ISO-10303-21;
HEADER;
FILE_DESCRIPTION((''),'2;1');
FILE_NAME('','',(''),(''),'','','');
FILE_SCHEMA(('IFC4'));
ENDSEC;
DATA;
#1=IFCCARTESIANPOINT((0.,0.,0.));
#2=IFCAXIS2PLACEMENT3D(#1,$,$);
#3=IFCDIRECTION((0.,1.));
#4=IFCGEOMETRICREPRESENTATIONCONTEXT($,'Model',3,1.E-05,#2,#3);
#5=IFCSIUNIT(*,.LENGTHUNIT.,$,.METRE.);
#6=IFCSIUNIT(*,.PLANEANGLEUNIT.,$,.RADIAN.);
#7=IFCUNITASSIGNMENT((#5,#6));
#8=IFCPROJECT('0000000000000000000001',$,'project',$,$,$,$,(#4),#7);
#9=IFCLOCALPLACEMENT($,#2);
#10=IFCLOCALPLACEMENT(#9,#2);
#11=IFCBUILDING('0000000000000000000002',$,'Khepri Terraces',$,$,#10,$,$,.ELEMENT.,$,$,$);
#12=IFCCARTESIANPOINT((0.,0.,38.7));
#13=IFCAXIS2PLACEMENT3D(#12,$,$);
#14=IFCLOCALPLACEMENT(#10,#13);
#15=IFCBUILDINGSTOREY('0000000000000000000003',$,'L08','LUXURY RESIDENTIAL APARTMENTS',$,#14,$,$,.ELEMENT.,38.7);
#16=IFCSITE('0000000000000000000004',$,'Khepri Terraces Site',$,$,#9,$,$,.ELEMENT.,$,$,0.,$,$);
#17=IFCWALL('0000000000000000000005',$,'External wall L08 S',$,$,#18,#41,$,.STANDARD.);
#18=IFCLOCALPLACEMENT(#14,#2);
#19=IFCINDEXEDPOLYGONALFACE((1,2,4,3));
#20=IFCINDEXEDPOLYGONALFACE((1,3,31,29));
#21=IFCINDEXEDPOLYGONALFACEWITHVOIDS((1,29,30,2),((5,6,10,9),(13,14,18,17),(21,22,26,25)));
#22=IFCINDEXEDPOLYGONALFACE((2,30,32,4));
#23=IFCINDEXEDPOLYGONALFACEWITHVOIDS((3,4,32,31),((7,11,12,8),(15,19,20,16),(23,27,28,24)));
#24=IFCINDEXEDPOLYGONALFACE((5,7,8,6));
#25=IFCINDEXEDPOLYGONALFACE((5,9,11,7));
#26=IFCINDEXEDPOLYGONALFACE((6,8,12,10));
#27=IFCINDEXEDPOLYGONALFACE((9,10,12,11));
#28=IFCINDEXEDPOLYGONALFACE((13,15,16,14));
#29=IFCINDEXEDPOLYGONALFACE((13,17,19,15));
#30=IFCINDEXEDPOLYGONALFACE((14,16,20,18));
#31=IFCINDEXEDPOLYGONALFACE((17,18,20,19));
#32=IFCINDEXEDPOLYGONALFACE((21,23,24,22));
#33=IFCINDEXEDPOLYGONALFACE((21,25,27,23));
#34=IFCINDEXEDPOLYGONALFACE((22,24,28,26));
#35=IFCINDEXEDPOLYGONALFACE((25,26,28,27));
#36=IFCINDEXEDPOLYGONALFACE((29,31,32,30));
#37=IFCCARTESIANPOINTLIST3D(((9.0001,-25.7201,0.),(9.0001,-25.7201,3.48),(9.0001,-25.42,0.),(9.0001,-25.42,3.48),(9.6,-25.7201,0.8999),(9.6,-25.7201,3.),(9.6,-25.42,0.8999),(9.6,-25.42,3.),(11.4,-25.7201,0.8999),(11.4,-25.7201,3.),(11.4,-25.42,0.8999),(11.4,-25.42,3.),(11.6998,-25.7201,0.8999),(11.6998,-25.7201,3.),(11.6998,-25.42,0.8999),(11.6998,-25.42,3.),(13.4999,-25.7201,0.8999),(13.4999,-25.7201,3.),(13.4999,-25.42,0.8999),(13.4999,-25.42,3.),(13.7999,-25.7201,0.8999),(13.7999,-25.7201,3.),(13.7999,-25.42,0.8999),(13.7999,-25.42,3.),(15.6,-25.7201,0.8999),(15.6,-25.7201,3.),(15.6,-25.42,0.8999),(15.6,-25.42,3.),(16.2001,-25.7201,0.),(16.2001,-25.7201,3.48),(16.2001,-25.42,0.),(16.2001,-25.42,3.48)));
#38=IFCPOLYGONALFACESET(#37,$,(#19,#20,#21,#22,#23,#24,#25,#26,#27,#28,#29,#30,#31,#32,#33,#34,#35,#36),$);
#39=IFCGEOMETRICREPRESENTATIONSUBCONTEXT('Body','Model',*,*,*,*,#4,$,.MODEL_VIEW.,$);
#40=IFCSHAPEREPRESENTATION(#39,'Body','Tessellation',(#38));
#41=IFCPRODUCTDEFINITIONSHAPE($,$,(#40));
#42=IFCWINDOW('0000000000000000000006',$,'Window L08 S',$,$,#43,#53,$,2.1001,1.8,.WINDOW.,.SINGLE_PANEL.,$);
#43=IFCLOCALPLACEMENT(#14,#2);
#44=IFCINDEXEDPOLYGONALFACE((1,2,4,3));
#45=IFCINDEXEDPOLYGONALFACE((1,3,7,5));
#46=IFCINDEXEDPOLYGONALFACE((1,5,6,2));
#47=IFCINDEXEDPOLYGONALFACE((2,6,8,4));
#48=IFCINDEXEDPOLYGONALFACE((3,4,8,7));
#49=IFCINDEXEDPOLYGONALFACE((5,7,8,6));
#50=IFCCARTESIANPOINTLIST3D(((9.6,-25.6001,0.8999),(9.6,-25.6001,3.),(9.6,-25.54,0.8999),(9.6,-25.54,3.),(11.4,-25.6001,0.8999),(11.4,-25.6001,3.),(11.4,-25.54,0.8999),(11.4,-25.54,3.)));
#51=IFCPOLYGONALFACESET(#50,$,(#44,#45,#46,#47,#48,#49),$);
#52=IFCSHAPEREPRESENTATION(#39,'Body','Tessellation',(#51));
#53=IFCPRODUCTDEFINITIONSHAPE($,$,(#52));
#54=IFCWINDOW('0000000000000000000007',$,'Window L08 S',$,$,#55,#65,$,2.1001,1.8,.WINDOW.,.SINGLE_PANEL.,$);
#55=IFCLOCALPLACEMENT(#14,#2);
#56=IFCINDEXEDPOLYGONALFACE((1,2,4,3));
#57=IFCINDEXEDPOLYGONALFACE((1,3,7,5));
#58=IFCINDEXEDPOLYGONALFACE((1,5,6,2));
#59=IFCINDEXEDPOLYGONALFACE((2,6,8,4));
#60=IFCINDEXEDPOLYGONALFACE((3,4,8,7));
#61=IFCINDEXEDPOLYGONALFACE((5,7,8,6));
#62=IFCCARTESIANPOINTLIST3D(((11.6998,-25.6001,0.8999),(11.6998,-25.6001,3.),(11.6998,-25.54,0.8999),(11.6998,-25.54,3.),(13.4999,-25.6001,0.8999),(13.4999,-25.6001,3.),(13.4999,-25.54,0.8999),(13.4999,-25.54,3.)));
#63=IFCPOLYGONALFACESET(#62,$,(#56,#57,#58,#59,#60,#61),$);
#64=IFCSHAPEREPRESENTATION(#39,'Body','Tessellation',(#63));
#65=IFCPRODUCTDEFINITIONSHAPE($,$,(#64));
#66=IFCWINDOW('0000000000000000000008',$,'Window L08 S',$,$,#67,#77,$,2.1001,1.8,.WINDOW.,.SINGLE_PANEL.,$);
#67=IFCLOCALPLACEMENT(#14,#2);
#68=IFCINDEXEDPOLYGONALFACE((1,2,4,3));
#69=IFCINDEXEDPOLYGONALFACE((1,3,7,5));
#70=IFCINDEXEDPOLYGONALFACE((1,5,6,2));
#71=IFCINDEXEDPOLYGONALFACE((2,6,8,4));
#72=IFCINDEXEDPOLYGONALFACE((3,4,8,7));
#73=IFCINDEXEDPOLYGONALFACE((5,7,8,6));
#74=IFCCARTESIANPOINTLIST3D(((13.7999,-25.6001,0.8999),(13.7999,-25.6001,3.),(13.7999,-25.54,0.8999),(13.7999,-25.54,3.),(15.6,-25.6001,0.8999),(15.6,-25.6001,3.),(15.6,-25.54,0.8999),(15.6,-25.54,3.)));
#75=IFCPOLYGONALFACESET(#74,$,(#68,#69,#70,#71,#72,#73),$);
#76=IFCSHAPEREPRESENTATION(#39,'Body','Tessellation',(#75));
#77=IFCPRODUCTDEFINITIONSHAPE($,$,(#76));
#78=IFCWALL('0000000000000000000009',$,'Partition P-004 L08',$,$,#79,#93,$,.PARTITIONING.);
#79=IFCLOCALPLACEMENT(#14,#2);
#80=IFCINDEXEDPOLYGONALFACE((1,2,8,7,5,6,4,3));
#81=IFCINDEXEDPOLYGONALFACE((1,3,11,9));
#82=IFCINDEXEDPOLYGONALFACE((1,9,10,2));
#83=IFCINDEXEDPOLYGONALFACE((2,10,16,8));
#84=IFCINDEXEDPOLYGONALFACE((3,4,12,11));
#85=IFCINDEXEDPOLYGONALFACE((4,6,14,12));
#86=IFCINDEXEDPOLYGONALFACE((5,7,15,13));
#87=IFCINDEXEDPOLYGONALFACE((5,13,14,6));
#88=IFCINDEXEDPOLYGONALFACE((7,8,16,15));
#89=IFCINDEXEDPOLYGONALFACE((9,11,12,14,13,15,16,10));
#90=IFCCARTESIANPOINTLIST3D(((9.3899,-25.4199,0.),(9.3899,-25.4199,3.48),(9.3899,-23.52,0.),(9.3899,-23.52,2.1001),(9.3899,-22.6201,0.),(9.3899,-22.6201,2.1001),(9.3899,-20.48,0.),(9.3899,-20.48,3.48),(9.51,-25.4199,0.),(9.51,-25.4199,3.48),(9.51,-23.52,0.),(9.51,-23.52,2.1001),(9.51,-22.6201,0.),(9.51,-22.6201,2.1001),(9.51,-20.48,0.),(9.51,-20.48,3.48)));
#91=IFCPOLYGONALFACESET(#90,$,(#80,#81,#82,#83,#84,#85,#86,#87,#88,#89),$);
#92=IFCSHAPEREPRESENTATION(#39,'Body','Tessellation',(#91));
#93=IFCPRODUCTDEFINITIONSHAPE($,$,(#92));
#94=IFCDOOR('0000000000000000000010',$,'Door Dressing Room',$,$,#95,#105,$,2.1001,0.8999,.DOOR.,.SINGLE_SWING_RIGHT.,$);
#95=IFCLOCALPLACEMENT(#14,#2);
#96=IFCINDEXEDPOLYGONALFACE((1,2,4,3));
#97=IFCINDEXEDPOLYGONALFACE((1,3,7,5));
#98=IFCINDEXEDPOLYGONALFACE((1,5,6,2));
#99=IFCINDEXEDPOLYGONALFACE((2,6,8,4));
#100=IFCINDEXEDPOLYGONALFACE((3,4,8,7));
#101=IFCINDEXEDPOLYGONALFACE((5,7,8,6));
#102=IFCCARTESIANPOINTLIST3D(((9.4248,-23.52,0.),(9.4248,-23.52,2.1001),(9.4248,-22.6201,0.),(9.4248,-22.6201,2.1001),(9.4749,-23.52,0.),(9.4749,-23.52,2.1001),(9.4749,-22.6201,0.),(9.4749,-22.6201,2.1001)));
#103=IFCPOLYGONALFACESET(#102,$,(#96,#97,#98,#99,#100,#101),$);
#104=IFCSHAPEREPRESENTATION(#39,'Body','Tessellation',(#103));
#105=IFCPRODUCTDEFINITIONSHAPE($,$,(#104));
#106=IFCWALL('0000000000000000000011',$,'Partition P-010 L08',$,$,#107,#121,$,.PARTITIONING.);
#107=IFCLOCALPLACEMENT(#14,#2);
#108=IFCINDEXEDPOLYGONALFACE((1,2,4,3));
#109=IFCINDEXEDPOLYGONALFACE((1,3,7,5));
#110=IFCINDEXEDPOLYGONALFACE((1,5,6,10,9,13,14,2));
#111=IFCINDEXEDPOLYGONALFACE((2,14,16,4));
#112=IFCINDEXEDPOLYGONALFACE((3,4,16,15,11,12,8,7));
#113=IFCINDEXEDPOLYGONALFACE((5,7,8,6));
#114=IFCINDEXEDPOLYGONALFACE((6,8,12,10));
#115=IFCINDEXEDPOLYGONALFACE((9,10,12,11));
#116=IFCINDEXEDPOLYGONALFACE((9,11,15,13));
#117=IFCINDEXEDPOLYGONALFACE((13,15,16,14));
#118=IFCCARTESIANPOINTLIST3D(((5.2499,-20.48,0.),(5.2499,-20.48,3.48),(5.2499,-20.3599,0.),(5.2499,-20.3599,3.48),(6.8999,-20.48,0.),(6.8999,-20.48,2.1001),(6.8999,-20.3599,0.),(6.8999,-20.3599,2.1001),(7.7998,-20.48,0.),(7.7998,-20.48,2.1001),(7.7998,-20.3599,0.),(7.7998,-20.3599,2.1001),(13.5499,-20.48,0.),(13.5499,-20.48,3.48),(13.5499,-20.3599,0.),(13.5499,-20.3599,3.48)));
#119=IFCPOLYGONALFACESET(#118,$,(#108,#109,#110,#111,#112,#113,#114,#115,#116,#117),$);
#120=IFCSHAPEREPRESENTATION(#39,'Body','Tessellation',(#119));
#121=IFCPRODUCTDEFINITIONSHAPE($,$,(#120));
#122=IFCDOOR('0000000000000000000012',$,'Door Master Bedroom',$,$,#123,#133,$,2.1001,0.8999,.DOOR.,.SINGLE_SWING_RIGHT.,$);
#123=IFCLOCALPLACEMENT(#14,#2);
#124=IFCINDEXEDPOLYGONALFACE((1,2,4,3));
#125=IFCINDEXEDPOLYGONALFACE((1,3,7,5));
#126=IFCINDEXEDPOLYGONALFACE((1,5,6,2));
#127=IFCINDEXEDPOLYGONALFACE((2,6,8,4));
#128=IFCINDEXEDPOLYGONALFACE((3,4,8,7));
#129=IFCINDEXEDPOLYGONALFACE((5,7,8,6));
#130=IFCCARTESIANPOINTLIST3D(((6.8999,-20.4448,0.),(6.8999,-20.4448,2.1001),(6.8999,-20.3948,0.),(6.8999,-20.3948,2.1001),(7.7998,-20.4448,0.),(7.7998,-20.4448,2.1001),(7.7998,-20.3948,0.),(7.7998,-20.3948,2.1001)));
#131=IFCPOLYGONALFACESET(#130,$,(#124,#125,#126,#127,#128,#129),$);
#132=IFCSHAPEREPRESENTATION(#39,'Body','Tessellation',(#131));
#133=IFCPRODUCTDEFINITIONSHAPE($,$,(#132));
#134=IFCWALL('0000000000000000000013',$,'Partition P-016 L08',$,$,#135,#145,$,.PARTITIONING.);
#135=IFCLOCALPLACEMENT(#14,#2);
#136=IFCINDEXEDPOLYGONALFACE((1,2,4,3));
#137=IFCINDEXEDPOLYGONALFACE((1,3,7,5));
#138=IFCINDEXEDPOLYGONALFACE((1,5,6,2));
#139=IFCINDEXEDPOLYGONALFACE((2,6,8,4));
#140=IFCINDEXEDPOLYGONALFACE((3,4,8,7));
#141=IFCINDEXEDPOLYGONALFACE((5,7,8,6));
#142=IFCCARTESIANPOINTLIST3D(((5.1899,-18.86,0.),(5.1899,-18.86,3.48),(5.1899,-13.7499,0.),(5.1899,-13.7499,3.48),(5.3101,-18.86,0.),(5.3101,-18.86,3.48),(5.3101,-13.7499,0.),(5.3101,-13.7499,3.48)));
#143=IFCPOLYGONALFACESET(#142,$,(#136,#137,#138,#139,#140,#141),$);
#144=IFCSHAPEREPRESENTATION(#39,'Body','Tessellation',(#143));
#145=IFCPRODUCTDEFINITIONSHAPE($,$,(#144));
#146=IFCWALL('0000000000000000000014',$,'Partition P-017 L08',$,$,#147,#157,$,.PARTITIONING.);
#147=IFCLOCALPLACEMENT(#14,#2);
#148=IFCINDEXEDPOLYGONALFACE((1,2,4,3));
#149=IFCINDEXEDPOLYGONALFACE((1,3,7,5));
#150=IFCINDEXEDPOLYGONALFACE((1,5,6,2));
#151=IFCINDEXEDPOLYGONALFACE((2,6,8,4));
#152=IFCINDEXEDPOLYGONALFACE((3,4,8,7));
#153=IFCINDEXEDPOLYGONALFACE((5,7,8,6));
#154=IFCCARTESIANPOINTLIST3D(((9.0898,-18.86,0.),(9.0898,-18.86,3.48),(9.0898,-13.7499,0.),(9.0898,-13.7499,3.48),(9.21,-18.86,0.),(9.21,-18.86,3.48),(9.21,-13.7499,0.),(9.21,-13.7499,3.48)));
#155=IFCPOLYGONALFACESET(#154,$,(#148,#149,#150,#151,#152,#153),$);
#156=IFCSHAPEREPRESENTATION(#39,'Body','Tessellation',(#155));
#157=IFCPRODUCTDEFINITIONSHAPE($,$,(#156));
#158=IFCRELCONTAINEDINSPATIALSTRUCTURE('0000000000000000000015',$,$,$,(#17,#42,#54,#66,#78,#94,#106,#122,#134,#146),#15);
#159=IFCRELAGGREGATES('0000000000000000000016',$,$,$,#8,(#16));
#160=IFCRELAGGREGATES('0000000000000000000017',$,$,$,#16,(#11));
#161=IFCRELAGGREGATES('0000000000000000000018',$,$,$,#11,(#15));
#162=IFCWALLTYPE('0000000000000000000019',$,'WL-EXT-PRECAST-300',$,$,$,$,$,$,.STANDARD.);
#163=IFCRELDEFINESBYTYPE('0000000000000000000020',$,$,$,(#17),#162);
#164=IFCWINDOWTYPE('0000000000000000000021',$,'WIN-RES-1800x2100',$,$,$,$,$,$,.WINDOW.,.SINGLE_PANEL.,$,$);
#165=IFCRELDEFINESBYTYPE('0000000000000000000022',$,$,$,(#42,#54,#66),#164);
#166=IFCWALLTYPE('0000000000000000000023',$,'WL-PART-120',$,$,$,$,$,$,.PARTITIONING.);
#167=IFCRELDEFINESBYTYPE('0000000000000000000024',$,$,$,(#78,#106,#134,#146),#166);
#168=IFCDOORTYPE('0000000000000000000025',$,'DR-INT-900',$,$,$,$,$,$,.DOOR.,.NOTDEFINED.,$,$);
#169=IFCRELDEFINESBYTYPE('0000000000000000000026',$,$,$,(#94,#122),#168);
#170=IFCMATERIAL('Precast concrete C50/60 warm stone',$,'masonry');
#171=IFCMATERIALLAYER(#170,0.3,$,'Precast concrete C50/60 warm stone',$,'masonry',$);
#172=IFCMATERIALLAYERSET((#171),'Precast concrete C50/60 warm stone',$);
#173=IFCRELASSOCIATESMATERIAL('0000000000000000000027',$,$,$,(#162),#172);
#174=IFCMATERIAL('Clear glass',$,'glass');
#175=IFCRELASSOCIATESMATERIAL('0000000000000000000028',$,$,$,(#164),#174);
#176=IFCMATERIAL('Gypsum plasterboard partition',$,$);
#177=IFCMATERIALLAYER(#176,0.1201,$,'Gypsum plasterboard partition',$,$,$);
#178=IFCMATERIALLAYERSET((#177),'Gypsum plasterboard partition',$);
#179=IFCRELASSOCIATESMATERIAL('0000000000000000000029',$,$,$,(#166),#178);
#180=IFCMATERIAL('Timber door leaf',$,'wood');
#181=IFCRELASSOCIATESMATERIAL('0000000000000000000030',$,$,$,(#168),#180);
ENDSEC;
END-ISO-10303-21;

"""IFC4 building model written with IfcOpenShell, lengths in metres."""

from ifc_helpers import new_model, si_unit, direction, frame, frame_2d, origin, place, context, subcontext, project, spatial, rectangle, extrude, material, layer, layer_set, type_object, element, fill, save


model = new_model("IFC4")

# Units and contexts
model_context = context("Model", 3, precision=1e-05, world=origin(), true_north=direction((0.0, 1.0)))
body_context = subcontext(model_context, "Body", "Model", "MODEL_VIEW")
ifc_project = project(units=[si_unit("LENGTHUNIT", "METRE"), si_unit("PLANEANGLEUNIT", "RADIAN")], contexts=[model_context])

# Site, building, storey
site_placement = place(None, origin())
site = spatial("IfcSite", under=ifc_project, at=site_placement, Name="Khepri Terraces Site", CompositionType="ELEMENT", RefElevation=0.0)
building_placement = place(site_placement, origin())
building = spatial("IfcBuilding", under=site, at=building_placement, Name="Khepri Terraces", CompositionType="ELEMENT")
storey_placement = place(building_placement, frame((0.0, 0.0, 38.7)))
storey = spatial("IfcBuildingStorey", under=building, at=storey_placement, Name="L08", Description="LUXURY RESIDENTIAL APARTMENTS", CompositionType="ELEMENT", Elevation=38.7)

# Shared definitions
ifc_material_1 = material(Name="Precast concrete C50/60 warm stone", Category="masonry")
ifc_layer_1 = layer(ifc_material_1, 0.3, Name="Precast concrete C50/60 warm stone", Category="masonry")
ifc_layer_set_1 = layer_set([ifc_layer_1], Name="Precast concrete C50/60 warm stone")
wall_type_1 = type_object("IfcWallType", Name="WL-EXT-PRECAST-300", PredefinedType="STANDARD", material=ifc_layer_set_1)
ifc_material_2 = material(Name="Clear glass", Category="glass")
window_type = type_object("IfcWindowType", Name="WIN-RES-1800x2100", PartitioningType="SINGLE_PANEL", PredefinedType="WINDOW", material=ifc_material_2)

# Wall, openings, windows
wall_1_placement = place(storey_placement, frame((9.0, -25.5701, 0.0), z_axis=(0.0, 0.0, 1.0), x_axis=(1.0, 0.0, 0.0)))
wall_1 = element("IfcWall", 1, at=wall_1_placement, inside=storey, type_object=wall_type_1, Name="External wall L08 S", PredefinedType="STANDARD", context=body_context, shape_type="SweptSolid", body=[
    extrude(rectangle(XDim=7.2, YDim=0.3, at=frame_2d((3.6001, 0.0))), origin(), (0.0, 0.0, 1.0), 3.48),
])
opening_1_placement = place(wall_1_placement, frame((0.6001, 0.0, 0.8999)))
opening_1 = element("IfcOpeningElement", 2, at=opening_1_placement, cuts=wall_1, PredefinedType="OPENING", context=body_context, shape_type="SweptSolid", body=[
    extrude(rectangle(XDim=1.8, YDim=2.1001, at=frame_2d((0.8999, 1.05))), frame((0.0, 0.1602, 0.0), z_axis=(0.0, -1.0, 0.0), x_axis=(1.0, 0.0, 0.0)), (0.0, 0.0, 1.0), 0.3201),
])
opening_2_placement = place(wall_1_placement, frame((2.7, 0.0, 0.8999)))
opening_2 = element("IfcOpeningElement", 3, at=opening_2_placement, cuts=wall_1, PredefinedType="OPENING", context=body_context, shape_type="SweptSolid", body=[
    extrude(rectangle(XDim=1.8, YDim=2.1001, at=frame_2d((0.8999, 1.05))), frame((0.0, 0.1602, 0.0), z_axis=(0.0, -1.0, 0.0), x_axis=(1.0, 0.0, 0.0)), (0.0, 0.0, 1.0), 0.3201),
])
opening_3_placement = place(wall_1_placement, frame((4.8, 0.0, 0.8999)))
opening_3 = element("IfcOpeningElement", 4, at=opening_3_placement, cuts=wall_1, PredefinedType="OPENING", context=body_context, shape_type="SweptSolid", body=[
    extrude(rectangle(XDim=1.8, YDim=2.1001, at=frame_2d((0.8999, 1.05))), frame((0.0, 0.1602, 0.0), z_axis=(0.0, -1.0, 0.0), x_axis=(1.0, 0.0, 0.0)), (0.0, 0.0, 1.0), 0.3201),
])
window_1_placement = place(opening_1_placement, origin())
window_1 = element("IfcWindow", 5, at=window_1_placement, inside=storey, type_object=window_type, Name="Window L08 S", OverallHeight=2.1001, OverallWidth=1.8, PartitioningType="SINGLE_PANEL", PredefinedType="WINDOW", context=body_context, shape_type="SweptSolid", body=[
    extrude(rectangle(XDim=1.8, YDim=2.1001, at=frame_2d((0.8999, 1.05))), frame((0.0, 0.03, 0.0), z_axis=(0.0, -1.0, 0.0), x_axis=(1.0, 0.0, 0.0)), (0.0, 0.0, 1.0), 0.0601),
])
fill(opening_1, window_1)
window_2_placement = place(opening_2_placement, origin())
window_2 = element("IfcWindow", 6, at=window_2_placement, inside=storey, type_object=window_type, Name="Window L08 S", OverallHeight=2.1001, OverallWidth=1.8, PartitioningType="SINGLE_PANEL", PredefinedType="WINDOW", context=body_context, shape_type="SweptSolid", body=[
    extrude(rectangle(XDim=1.8, YDim=2.1001, at=frame_2d((0.8999, 1.05))), frame((0.0, 0.03, 0.0), z_axis=(0.0, -1.0, 0.0), x_axis=(1.0, 0.0, 0.0)), (0.0, 0.0, 1.0), 0.0601),
])
fill(opening_2, window_2)
window_3_placement = place(opening_3_placement, origin())
window_3 = element("IfcWindow", 7, at=window_3_placement, inside=storey, type_object=window_type, Name="Window L08 S", OverallHeight=2.1001, OverallWidth=1.8, PartitioningType="SINGLE_PANEL", PredefinedType="WINDOW", context=body_context, shape_type="SweptSolid", body=[
    extrude(rectangle(XDim=1.8, YDim=2.1001, at=frame_2d((0.8999, 1.05))), frame((0.0, 0.03, 0.0), z_axis=(0.0, -1.0, 0.0), x_axis=(1.0, 0.0, 0.0)), (0.0, 0.0, 1.0), 0.0601),
])
fill(opening_3, window_3)

# Walls, openings, doors
ifc_material_3 = material(Name="Gypsum plasterboard partition")
ifc_layer_2 = layer(ifc_material_3, 0.1201, Name="Gypsum plasterboard partition")
ifc_layer_set_2 = layer_set([ifc_layer_2], Name="Gypsum plasterboard partition")
wall_type_2 = type_object("IfcWallType", Name="WL-PART-120", PredefinedType="PARTITIONING", material=ifc_layer_set_2)
wall_2_placement = place(storey_placement, frame((9.45, -25.4199, 0.0), z_axis=(0.0, 0.0, 1.0), x_axis=(0.0, 1.0, 0.0)))
wall_2 = element("IfcWall", 8, at=wall_2_placement, inside=storey, type_object=wall_type_2, Name="Partition P-004 L08", PredefinedType="PARTITIONING", context=body_context, shape_type="SweptSolid", body=[
    extrude(rectangle(XDim=4.9399, YDim=0.1201, at=frame_2d((2.47, 0.0))), origin(), (0.0, 0.0, 1.0), 3.48),
])
opening_4_placement = place(wall_2_placement, frame((1.8999, 0.0, 0.0)))
opening_4 = element("IfcOpeningElement", 9, at=opening_4_placement, cuts=wall_2, PredefinedType="OPENING", context=body_context, shape_type="SweptSolid", body=[
    extrude(rectangle(XDim=0.8999, YDim=2.1001, at=frame_2d((0.45, 1.05))), frame((0.0, 0.0701, 0.0), z_axis=(0.0, -1.0, 0.0), x_axis=(1.0, 0.0, 0.0)), (0.0, 0.0, 1.0), 0.1401),
])
ifc_material_4 = material(Name="Timber door leaf", Category="wood")
door_type_1 = type_object("IfcDoorType", Name="DR-INT-900", OperationType="NOTDEFINED", PredefinedType="DOOR", material=ifc_material_4)
door_1_placement = place(opening_4_placement, frame((0.8999, 0.0, 0.0), z_axis=(0.0, 0.0, 1.0), x_axis=(-1.0, 0.0, 0.0)))
door_1 = element("IfcDoor", 10, at=door_1_placement, inside=storey, type_object=door_type_1, Name="Door Dressing Room", OperationType="SINGLE_SWING_RIGHT", OverallHeight=2.1001, OverallWidth=0.8999, PredefinedType="DOOR", context=body_context, shape_type="SweptSolid", body=[
    extrude(rectangle(XDim=0.8999, YDim=2.1001, at=frame_2d((0.45, 1.05))), frame((0.0, 0.0249, 0.0), z_axis=(0.0, -1.0, 0.0), x_axis=(1.0, 0.0, 0.0)), (0.0, 0.0, 1.0), 0.05),
])
fill(opening_4, door_1)
wall_3_placement = place(storey_placement, frame((5.25, -20.4199, 0.0), z_axis=(0.0, 0.0, 1.0), x_axis=(1.0, 0.0, 0.0)))
wall_3 = element("IfcWall", 11, at=wall_3_placement, inside=storey, type_object=wall_type_2, Name="Partition P-010 L08", PredefinedType="PARTITIONING", context=body_context, shape_type="SweptSolid", body=[
    extrude(rectangle(XDim=8.3, YDim=0.1201, at=frame_2d((4.1499, 0.0))), origin(), (0.0, 0.0, 1.0), 3.48),
])
opening_5_placement = place(wall_3_placement, frame((1.6499, 0.0, 0.0)))
opening_5 = element("IfcOpeningElement", 12, at=opening_5_placement, cuts=wall_3, PredefinedType="OPENING", context=body_context, shape_type="SweptSolid", body=[
    extrude(rectangle(XDim=0.8999, YDim=2.1001, at=frame_2d((0.45, 1.05))), frame((0.0, 0.0701, 0.0), z_axis=(0.0, -1.0, 0.0), x_axis=(1.0, 0.0, 0.0)), (0.0, 0.0, 1.0), 0.1401),
])
door_2_placement = place(opening_5_placement, frame((0.8999, 0.0, 0.0), z_axis=(0.0, 0.0, 1.0), x_axis=(-1.0, 0.0, 0.0)))
door_2 = element("IfcDoor", 13, at=door_2_placement, inside=storey, type_object=door_type_1, Name="Door Master Bedroom", OperationType="SINGLE_SWING_RIGHT", OverallHeight=2.1001, OverallWidth=0.8999, PredefinedType="DOOR", context=body_context, shape_type="SweptSolid", body=[
    extrude(rectangle(XDim=0.8999, YDim=2.1001, at=frame_2d((0.45, 1.05))), frame((0.0, 0.0249, 0.0), z_axis=(0.0, -1.0, 0.0), x_axis=(1.0, 0.0, 0.0)), (0.0, 0.0, 1.0), 0.05),
])
fill(opening_5, door_2)

# Walls
for number, where, z_axis, x_axis, name in (
    (14, (5.25, -18.8601, 0.0), (0.0, 0.0, 1.0), (0.0, 1.0, 0.0), "Partition P-016 L08"),
    (15, (9.1499, -18.8601, 0.0), (0.0, 0.0, 1.0), (0.0, 1.0, 0.0), "Partition P-017 L08"),
):
    element("IfcWall", number, at=place(storey_placement, frame(where, z_axis=z_axis, x_axis=x_axis)), inside=storey, type_object=wall_type_2, Name=name, PredefinedType="PARTITIONING", context=body_context, shape_type="SweptSolid", body=[
        extrude(rectangle(XDim=5.1101, YDim=0.1201, at=frame_2d((2.5552, 0.0))), origin(), (0.0, 0.0, 1.0), 3.48),
    ])

save(model, "model.ifc")
